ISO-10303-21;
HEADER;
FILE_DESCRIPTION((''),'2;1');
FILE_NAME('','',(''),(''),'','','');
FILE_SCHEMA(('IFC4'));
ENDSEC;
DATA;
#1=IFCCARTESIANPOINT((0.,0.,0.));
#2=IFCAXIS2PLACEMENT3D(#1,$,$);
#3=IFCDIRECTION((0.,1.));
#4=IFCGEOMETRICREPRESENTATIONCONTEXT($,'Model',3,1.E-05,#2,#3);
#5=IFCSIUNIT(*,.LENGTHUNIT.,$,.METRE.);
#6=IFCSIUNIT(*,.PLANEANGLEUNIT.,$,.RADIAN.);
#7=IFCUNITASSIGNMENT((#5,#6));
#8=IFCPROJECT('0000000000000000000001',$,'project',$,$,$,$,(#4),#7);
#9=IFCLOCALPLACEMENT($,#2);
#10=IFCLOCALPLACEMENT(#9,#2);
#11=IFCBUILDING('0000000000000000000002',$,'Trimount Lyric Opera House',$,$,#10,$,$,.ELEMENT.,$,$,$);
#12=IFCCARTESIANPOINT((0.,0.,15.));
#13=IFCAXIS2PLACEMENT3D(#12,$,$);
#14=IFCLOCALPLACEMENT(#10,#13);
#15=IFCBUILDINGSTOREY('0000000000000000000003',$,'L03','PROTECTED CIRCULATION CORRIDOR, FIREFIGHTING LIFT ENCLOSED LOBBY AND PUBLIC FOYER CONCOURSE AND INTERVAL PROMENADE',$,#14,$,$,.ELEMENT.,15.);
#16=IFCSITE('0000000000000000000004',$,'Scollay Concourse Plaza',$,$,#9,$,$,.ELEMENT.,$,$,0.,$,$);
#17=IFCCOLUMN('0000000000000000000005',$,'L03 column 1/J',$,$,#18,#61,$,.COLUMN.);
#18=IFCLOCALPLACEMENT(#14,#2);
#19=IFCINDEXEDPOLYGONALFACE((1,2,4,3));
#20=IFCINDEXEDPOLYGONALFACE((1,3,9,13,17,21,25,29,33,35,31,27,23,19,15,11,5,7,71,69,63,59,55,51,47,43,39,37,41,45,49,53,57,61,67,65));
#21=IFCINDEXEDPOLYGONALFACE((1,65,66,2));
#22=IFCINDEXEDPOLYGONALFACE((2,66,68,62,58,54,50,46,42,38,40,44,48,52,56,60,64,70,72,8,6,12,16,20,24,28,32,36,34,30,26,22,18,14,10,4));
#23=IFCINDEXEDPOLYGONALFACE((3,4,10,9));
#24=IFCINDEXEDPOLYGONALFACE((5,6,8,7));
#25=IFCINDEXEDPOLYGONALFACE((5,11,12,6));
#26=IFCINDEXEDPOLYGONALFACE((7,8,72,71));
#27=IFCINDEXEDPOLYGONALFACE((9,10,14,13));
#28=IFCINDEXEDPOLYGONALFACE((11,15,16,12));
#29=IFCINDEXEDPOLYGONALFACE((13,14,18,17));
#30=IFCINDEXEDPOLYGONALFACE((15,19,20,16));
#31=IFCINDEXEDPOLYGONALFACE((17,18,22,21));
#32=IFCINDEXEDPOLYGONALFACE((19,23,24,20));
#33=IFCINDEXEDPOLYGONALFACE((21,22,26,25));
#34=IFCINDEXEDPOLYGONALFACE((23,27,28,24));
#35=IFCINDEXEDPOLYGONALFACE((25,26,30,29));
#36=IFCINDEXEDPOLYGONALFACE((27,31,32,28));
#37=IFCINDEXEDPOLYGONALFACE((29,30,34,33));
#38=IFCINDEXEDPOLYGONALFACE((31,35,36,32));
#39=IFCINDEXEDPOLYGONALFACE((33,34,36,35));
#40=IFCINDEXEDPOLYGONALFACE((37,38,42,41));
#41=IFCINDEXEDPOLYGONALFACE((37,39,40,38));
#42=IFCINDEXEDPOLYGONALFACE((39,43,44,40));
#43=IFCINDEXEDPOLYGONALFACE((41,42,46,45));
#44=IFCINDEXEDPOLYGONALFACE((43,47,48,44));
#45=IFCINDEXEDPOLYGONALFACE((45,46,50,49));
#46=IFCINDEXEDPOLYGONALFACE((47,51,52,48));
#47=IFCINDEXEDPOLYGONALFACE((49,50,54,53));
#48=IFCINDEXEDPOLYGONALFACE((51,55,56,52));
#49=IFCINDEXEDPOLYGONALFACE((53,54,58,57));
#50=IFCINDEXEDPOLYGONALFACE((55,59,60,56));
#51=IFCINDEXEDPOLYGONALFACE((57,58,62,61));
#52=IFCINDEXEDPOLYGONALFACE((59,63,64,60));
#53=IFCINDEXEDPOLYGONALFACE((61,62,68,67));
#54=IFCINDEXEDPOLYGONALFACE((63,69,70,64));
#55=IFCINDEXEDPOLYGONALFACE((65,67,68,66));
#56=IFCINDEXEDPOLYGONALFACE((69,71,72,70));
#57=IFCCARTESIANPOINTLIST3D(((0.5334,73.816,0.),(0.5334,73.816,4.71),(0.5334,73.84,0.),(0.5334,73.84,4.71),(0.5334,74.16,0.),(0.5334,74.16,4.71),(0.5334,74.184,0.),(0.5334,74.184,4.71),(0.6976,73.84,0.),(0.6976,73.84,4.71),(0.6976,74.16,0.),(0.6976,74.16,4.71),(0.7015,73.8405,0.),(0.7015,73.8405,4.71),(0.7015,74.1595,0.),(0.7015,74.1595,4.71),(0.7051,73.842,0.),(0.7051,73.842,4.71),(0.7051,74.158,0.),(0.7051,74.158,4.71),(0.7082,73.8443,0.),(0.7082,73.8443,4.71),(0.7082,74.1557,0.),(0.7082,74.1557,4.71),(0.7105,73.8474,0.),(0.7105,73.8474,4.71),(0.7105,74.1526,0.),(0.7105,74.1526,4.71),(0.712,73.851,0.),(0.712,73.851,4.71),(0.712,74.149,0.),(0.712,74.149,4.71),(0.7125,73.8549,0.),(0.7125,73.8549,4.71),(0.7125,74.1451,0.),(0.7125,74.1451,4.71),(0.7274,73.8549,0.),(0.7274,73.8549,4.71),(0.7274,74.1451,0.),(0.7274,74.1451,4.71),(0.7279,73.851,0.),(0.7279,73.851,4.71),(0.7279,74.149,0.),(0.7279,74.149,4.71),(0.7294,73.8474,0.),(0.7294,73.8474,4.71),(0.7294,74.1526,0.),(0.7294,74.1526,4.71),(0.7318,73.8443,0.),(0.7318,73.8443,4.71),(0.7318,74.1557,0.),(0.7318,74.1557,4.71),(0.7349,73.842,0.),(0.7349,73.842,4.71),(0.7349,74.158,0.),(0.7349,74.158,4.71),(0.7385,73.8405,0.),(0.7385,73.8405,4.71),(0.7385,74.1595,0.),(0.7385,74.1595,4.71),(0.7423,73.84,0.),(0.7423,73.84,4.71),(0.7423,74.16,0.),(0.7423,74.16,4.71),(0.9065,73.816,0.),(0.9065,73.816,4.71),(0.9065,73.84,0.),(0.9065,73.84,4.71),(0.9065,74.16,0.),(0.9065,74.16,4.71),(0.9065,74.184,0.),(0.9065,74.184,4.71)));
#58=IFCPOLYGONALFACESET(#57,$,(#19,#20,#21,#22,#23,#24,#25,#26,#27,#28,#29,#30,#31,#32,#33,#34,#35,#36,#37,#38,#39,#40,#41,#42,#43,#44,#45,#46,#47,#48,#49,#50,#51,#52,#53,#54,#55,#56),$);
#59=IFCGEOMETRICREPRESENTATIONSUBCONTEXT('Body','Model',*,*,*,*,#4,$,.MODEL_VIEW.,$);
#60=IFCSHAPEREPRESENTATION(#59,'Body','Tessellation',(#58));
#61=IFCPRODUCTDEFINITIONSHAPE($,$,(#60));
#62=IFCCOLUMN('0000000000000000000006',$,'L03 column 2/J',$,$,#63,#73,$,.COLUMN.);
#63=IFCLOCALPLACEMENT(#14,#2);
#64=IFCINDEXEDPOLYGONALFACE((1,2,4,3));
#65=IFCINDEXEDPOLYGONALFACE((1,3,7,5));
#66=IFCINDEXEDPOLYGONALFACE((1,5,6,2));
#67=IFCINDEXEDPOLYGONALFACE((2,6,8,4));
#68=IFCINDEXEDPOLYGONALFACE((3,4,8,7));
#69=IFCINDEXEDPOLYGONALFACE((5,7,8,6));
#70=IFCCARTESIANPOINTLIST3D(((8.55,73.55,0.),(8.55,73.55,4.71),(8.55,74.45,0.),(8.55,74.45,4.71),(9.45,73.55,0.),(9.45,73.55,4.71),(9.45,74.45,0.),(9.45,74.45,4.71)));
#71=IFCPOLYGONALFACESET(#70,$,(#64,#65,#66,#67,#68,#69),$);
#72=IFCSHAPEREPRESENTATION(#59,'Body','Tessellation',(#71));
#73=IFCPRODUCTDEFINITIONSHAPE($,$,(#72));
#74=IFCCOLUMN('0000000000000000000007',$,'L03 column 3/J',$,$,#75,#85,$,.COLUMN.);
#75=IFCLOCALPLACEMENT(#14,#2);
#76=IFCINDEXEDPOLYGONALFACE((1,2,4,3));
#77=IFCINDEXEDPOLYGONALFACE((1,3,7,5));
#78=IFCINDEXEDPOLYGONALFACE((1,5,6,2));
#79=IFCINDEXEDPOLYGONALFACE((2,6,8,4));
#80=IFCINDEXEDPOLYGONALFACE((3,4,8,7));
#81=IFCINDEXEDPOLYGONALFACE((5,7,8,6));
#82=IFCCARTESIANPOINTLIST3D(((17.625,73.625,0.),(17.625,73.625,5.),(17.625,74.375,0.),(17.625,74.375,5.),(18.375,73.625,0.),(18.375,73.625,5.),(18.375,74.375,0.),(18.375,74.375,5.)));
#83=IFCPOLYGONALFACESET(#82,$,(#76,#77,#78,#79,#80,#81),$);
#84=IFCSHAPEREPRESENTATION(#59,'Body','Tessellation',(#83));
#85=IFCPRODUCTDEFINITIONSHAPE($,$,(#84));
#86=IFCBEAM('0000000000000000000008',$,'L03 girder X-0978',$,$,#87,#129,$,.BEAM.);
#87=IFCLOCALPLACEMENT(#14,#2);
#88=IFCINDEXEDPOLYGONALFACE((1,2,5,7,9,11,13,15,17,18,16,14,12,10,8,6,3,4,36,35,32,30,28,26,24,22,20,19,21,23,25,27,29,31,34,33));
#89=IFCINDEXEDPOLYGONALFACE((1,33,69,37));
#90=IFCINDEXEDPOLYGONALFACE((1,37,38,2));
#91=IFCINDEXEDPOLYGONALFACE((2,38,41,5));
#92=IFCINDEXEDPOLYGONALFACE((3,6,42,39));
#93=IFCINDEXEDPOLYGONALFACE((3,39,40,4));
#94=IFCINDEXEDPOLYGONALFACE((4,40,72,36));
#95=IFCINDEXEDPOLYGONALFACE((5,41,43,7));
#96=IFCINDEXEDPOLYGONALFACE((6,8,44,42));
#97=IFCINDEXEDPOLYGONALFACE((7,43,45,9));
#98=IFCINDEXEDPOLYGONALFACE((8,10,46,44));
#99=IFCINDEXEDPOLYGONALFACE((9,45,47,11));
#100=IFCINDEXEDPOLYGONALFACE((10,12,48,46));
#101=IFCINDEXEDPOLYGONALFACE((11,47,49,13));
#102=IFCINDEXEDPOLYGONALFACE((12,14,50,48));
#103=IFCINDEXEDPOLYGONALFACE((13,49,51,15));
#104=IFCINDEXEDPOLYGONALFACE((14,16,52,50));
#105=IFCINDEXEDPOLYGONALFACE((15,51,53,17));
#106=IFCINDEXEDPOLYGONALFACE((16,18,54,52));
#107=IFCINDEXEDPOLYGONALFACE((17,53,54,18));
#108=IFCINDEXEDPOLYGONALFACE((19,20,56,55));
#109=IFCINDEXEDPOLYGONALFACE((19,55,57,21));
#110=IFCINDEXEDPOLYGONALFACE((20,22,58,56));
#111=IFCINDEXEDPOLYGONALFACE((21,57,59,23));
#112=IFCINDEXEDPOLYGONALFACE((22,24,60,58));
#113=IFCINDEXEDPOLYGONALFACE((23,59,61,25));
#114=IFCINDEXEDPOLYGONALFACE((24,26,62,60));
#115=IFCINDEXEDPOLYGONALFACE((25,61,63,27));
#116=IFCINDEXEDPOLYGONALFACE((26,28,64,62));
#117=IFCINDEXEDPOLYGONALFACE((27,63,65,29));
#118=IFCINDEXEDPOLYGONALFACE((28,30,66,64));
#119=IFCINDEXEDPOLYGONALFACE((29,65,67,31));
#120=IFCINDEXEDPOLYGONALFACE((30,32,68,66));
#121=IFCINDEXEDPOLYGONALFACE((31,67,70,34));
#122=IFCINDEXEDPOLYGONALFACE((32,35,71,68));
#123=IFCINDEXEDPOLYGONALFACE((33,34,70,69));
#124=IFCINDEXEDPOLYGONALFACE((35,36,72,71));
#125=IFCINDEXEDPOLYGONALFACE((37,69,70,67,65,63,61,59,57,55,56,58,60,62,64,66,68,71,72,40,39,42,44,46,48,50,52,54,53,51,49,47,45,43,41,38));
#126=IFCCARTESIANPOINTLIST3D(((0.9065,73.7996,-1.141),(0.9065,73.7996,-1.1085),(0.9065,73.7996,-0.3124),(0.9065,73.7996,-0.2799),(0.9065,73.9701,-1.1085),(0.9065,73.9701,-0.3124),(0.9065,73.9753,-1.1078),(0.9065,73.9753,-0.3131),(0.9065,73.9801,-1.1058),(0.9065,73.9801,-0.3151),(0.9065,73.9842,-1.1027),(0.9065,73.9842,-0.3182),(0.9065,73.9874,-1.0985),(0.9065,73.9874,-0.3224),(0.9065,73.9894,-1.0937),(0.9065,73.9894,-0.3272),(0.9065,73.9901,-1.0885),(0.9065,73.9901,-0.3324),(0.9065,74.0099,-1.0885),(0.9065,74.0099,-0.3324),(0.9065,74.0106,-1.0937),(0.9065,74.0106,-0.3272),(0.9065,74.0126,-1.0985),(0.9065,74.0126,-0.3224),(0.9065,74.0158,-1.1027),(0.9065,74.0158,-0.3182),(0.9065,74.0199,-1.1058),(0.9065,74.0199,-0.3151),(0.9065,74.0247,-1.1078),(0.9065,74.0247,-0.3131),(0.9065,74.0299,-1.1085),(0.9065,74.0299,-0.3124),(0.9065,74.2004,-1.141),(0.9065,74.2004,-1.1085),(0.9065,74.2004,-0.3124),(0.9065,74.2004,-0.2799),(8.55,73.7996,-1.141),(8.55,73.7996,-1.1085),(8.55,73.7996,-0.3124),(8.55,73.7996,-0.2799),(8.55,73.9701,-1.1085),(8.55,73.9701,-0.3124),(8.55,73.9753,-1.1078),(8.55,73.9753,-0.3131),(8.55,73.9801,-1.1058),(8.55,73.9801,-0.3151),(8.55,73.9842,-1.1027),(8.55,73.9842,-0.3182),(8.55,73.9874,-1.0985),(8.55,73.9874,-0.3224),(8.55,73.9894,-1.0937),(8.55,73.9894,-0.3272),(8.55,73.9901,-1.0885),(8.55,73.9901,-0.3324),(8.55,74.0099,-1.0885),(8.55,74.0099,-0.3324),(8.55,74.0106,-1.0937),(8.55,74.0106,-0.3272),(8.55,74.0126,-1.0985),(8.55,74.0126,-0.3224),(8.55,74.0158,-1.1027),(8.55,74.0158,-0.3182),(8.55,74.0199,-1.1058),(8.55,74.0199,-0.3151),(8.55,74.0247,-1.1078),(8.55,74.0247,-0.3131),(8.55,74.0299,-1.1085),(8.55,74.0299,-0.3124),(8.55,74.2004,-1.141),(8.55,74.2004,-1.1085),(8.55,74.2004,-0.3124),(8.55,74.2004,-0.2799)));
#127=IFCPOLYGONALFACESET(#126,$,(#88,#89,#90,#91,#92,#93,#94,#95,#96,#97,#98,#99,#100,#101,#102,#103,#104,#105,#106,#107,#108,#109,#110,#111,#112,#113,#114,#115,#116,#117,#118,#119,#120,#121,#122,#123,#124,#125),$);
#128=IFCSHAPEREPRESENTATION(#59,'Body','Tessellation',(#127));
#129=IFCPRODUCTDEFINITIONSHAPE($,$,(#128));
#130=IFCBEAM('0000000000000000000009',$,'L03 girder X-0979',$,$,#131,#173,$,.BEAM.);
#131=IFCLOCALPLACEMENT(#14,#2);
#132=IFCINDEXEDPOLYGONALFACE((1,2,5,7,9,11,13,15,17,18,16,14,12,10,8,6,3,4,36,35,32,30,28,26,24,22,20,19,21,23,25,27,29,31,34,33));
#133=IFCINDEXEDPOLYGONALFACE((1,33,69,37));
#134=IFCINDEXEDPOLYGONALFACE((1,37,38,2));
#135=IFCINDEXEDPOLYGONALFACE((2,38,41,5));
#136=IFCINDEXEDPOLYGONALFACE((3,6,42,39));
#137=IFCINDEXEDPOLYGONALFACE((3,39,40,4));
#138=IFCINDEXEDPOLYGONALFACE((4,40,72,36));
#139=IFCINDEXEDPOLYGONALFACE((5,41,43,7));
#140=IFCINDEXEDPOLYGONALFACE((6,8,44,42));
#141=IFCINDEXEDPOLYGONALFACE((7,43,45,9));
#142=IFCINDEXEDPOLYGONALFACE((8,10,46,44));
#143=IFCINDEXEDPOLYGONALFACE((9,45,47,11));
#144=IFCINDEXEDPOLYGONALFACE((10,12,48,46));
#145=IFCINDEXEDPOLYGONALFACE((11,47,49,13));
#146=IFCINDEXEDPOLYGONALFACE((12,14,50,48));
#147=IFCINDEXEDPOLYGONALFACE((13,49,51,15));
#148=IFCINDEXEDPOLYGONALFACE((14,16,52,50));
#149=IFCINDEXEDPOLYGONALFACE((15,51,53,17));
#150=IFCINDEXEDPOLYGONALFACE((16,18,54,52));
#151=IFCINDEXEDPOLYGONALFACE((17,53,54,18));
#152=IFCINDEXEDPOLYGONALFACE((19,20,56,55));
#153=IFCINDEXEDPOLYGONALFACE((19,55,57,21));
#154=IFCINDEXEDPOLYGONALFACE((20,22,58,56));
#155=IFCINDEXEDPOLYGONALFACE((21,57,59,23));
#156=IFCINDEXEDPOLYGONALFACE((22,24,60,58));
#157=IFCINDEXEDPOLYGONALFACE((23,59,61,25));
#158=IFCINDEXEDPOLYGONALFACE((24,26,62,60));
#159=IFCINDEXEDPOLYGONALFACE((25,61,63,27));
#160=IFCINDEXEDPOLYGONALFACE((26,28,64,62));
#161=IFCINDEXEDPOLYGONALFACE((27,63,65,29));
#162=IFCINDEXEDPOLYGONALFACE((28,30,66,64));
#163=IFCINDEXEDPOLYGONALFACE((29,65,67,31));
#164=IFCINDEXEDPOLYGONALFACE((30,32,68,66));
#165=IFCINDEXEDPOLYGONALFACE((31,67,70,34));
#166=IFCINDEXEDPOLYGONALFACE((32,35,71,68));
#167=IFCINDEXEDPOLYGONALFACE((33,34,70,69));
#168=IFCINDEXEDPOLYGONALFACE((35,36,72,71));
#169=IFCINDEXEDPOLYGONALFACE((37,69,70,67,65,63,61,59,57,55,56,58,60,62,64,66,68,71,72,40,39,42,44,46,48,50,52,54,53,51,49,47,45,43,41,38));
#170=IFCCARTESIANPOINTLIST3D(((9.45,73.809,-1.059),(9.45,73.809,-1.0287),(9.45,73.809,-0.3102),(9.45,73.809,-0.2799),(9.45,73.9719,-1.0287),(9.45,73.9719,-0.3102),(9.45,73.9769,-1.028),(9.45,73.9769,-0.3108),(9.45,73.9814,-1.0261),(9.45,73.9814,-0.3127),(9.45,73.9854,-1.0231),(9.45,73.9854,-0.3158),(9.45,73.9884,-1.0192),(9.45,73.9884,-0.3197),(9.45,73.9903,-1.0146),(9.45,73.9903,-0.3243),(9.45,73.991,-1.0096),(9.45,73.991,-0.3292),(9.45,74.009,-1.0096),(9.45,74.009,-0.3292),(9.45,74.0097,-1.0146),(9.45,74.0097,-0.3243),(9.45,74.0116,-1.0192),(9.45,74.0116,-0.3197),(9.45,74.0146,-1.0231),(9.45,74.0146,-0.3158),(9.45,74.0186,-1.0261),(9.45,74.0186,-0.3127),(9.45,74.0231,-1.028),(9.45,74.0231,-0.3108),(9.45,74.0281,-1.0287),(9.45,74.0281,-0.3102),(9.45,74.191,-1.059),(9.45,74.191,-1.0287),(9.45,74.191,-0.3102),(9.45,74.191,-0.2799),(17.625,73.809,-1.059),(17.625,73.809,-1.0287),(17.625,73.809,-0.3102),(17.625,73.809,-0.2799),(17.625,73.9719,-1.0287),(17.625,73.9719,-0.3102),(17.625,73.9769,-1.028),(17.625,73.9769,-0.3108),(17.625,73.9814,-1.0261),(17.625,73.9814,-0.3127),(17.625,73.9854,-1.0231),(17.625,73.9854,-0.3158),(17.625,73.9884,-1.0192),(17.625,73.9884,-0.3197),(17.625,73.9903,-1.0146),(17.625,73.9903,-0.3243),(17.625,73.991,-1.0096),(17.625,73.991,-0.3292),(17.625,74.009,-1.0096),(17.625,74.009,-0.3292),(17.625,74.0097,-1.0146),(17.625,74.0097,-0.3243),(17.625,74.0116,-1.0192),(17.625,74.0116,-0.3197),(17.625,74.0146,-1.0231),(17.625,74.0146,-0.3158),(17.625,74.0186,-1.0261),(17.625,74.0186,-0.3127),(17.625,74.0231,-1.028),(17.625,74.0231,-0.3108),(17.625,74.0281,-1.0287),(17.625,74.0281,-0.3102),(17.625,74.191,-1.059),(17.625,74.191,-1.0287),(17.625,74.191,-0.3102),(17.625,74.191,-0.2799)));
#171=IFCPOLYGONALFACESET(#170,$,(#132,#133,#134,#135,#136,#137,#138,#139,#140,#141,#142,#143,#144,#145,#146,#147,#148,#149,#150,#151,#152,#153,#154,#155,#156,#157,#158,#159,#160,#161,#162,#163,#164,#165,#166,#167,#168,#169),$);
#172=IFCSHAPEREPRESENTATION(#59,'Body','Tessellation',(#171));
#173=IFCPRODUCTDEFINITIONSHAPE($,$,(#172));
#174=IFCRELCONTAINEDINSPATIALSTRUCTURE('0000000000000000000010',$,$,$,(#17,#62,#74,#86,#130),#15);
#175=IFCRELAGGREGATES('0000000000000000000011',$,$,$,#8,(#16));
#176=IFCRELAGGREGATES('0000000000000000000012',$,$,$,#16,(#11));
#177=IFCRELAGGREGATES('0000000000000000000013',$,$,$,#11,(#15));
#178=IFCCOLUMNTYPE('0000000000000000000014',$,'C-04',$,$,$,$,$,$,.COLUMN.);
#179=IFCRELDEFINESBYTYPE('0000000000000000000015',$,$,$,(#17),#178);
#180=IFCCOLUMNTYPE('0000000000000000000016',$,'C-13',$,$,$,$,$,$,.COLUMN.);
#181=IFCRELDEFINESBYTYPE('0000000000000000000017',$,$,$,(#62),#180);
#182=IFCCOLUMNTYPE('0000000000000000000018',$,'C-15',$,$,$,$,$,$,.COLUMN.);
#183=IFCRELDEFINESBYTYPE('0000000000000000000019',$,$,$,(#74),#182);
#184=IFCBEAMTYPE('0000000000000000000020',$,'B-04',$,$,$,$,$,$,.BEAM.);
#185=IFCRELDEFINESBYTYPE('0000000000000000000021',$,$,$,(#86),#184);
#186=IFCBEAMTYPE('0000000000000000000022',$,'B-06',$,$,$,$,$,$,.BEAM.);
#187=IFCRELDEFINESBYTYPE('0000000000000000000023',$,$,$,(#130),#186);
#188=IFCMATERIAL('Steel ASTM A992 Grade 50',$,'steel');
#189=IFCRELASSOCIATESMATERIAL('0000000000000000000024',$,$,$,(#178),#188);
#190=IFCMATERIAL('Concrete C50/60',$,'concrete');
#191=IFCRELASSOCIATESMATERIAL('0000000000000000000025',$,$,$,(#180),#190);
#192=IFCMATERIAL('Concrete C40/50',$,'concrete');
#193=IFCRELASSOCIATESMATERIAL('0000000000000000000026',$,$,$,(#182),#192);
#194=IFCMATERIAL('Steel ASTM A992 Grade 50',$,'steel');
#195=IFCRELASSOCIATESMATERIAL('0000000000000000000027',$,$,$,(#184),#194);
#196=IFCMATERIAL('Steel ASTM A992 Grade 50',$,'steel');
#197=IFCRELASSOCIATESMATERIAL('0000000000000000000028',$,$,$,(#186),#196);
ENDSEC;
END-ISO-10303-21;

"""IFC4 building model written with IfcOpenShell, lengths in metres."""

from ifc_helpers import new_model, si_unit, direction, frame, origin, origin_2d, place, context, subcontext, project, spatial, rectangle, i_section, extrude, material, material_profile, profile_set, type_object, element, save


model = new_model("IFC4")

# Units and contexts
model_context = context("Model", 3, precision=1e-05, world=origin(), true_north=direction((0.0, 1.0)))
body_context = subcontext(model_context, "Body", "Model", "MODEL_VIEW")
ifc_project = project(units=[si_unit("LENGTHUNIT", "METRE"), si_unit("PLANEANGLEUNIT", "RADIAN")], contexts=[model_context])

# Site, building, storey
site_placement = place(None, origin())
site = spatial("IfcSite", under=ifc_project, at=site_placement, Name="Scollay Concourse Plaza", CompositionType="ELEMENT", RefElevation=0.0)
building_placement = place(site_placement, origin())
building = spatial("IfcBuilding", under=site, at=building_placement, Name="Trimount Lyric Opera House", CompositionType="ELEMENT")
storey_placement = place(building_placement, frame((0.0, 0.0, 15.0)))
storey = spatial("IfcBuildingStorey", under=building, at=storey_placement, Name="L03", Description="PROTECTED CIRCULATION CORRIDOR, FIREFIGHTING LIFT ENCLOSED LOBBY AND PUBLIC FOYER CONCOURSE AND INTERVAL PROMENADE", CompositionType="ELEMENT", Elevation=15.0)

# Columns
ifc_material_1 = material(Name="Steel ASTM A992 Grade 50", Category="steel")
ifc_material_profile_1 = material_profile(ifc_material_1, i_section(OverallWidth=0.373, OverallDepth=0.3679, WebThickness=0.0149, FlangeThickness=0.0239, FilletRadius=0.0149, at=origin_2d()), Name="W14X120")
ifc_profile_set_1 = profile_set([ifc_material_profile_1], Name="Steel ASTM A992 Grade 50")
column_type_1 = type_object("IfcColumnType", Name="C-04", PredefinedType="COLUMN", material=ifc_profile_set_1)
column_1_placement = place(storey_placement, frame((0.72, 74.0, 0.0), z_axis=(0.0, 0.0, 1.0), x_axis=(1.0, 0.0, 0.0)))
element("IfcColumn", 1, at=column_1_placement, inside=storey, type_object=column_type_1, Name="L03 column 1/J", PredefinedType="COLUMN", context=body_context, shape_type="SweptSolid", body=[
    extrude(i_section(OverallWidth=0.373, OverallDepth=0.3679, WebThickness=0.0149, FlangeThickness=0.0239, FilletRadius=0.0149, at=origin_2d()), origin(), (0.0, 0.0, 1.0), 4.71),
])
ifc_material_2 = material(Name="Concrete C50/60", Category="concrete")
ifc_material_profile_2 = material_profile(ifc_material_2, rectangle(XDim=0.8999, YDim=0.8999, at=origin_2d()), Name="RC900X900")
ifc_profile_set_2 = profile_set([ifc_material_profile_2], Name="Concrete C50/60")
column_type_2 = type_object("IfcColumnType", Name="C-13", PredefinedType="COLUMN", material=ifc_profile_set_2)
column_2_placement = place(storey_placement, frame((9.0, 74.0, 0.0), z_axis=(0.0, 0.0, 1.0), x_axis=(1.0, 0.0, 0.0)))
element("IfcColumn", 2, at=column_2_placement, inside=storey, type_object=column_type_2, Name="L03 column 2/J", PredefinedType="COLUMN", context=body_context, shape_type="SweptSolid", body=[
    extrude(rectangle(XDim=0.8999, YDim=0.8999, at=origin_2d()), origin(), (0.0, 0.0, 1.0), 4.71),
])
ifc_material_3 = material(Name="Concrete C40/50", Category="concrete")
ifc_material_profile_3 = material_profile(ifc_material_3, rectangle(XDim=0.75, YDim=0.75, at=origin_2d()), Name="RC750X750")
ifc_profile_set_3 = profile_set([ifc_material_profile_3], Name="Concrete C40/50")
column_type_3 = type_object("IfcColumnType", Name="C-15", PredefinedType="COLUMN", material=ifc_profile_set_3)
column_3_placement = place(storey_placement, frame((18.0, 74.0, 0.0), z_axis=(0.0, 0.0, 1.0), x_axis=(1.0, 0.0, 0.0)))
element("IfcColumn", 3, at=column_3_placement, inside=storey, type_object=column_type_3, Name="L03 column 3/J", PredefinedType="COLUMN", context=body_context, shape_type="SweptSolid", body=[
    extrude(rectangle(XDim=0.75, YDim=0.75, at=origin_2d()), origin(), (0.0, 0.0, 1.0), 5.0),
])

# Beams
ifc_material_4 = material(Name="Steel ASTM A992 Grade 50", Category="steel")
ifc_material_profile_4 = material_profile(ifc_material_4, i_section(OverallWidth=0.4009, OverallDepth=0.8611, WebThickness=0.0198, FlangeThickness=0.0325, FilletRadius=0.02, at=origin_2d()), Name="W33X221")
ifc_profile_set_4 = profile_set([ifc_material_profile_4], Name="Steel ASTM A992 Grade 50")
beam_type_1 = type_object("IfcBeamType", Name="B-04", PredefinedType="BEAM", material=ifc_profile_set_4)
beam_1_placement = place(storey_placement, frame((0.9065, 74.0, -0.7104), z_axis=(1.0, 0.0, 0.0), x_axis=(0.0, 1.0, 0.0)))
element("IfcBeam", 4, at=beam_1_placement, inside=storey, type_object=beam_type_1, Name="L03 girder X-0978", PredefinedType="BEAM", context=body_context, shape_type="SweptSolid", body=[
    extrude(i_section(OverallWidth=0.4009, OverallDepth=0.8611, WebThickness=0.0198, FlangeThickness=0.0325, FilletRadius=0.02, at=origin_2d()), origin(), (0.0, 0.0, 1.0), 7.6436),
])
ifc_material_5 = material(Name="Steel ASTM A992 Grade 50", Category="steel")
ifc_material_profile_5 = material_profile(ifc_material_5, i_section(OverallWidth=0.3821, OverallDepth=0.7791, WebThickness=0.0181, FlangeThickness=0.0303, FilletRadius=0.019, at=origin_2d()), Name="W30X191")
ifc_profile_set_5 = profile_set([ifc_material_profile_5], Name="Steel ASTM A992 Grade 50")
beam_type_2 = type_object("IfcBeamType", Name="B-06", PredefinedType="BEAM", material=ifc_profile_set_5)
beam_2_placement = place(storey_placement, frame((9.45, 74.0, -0.6694), z_axis=(1.0, 0.0, 0.0), x_axis=(0.0, 1.0, 0.0)))
element("IfcBeam", 5, at=beam_2_placement, inside=storey, type_object=beam_type_2, Name="L03 girder X-0979", PredefinedType="BEAM", context=body_context, shape_type="SweptSolid", body=[
    extrude(i_section(OverallWidth=0.3821, OverallDepth=0.7791, WebThickness=0.0181, FlangeThickness=0.0303, FilletRadius=0.019, at=origin_2d()), origin(), (0.0, 0.0, 1.0), 8.175),
])

save(model, "model.ifc")
